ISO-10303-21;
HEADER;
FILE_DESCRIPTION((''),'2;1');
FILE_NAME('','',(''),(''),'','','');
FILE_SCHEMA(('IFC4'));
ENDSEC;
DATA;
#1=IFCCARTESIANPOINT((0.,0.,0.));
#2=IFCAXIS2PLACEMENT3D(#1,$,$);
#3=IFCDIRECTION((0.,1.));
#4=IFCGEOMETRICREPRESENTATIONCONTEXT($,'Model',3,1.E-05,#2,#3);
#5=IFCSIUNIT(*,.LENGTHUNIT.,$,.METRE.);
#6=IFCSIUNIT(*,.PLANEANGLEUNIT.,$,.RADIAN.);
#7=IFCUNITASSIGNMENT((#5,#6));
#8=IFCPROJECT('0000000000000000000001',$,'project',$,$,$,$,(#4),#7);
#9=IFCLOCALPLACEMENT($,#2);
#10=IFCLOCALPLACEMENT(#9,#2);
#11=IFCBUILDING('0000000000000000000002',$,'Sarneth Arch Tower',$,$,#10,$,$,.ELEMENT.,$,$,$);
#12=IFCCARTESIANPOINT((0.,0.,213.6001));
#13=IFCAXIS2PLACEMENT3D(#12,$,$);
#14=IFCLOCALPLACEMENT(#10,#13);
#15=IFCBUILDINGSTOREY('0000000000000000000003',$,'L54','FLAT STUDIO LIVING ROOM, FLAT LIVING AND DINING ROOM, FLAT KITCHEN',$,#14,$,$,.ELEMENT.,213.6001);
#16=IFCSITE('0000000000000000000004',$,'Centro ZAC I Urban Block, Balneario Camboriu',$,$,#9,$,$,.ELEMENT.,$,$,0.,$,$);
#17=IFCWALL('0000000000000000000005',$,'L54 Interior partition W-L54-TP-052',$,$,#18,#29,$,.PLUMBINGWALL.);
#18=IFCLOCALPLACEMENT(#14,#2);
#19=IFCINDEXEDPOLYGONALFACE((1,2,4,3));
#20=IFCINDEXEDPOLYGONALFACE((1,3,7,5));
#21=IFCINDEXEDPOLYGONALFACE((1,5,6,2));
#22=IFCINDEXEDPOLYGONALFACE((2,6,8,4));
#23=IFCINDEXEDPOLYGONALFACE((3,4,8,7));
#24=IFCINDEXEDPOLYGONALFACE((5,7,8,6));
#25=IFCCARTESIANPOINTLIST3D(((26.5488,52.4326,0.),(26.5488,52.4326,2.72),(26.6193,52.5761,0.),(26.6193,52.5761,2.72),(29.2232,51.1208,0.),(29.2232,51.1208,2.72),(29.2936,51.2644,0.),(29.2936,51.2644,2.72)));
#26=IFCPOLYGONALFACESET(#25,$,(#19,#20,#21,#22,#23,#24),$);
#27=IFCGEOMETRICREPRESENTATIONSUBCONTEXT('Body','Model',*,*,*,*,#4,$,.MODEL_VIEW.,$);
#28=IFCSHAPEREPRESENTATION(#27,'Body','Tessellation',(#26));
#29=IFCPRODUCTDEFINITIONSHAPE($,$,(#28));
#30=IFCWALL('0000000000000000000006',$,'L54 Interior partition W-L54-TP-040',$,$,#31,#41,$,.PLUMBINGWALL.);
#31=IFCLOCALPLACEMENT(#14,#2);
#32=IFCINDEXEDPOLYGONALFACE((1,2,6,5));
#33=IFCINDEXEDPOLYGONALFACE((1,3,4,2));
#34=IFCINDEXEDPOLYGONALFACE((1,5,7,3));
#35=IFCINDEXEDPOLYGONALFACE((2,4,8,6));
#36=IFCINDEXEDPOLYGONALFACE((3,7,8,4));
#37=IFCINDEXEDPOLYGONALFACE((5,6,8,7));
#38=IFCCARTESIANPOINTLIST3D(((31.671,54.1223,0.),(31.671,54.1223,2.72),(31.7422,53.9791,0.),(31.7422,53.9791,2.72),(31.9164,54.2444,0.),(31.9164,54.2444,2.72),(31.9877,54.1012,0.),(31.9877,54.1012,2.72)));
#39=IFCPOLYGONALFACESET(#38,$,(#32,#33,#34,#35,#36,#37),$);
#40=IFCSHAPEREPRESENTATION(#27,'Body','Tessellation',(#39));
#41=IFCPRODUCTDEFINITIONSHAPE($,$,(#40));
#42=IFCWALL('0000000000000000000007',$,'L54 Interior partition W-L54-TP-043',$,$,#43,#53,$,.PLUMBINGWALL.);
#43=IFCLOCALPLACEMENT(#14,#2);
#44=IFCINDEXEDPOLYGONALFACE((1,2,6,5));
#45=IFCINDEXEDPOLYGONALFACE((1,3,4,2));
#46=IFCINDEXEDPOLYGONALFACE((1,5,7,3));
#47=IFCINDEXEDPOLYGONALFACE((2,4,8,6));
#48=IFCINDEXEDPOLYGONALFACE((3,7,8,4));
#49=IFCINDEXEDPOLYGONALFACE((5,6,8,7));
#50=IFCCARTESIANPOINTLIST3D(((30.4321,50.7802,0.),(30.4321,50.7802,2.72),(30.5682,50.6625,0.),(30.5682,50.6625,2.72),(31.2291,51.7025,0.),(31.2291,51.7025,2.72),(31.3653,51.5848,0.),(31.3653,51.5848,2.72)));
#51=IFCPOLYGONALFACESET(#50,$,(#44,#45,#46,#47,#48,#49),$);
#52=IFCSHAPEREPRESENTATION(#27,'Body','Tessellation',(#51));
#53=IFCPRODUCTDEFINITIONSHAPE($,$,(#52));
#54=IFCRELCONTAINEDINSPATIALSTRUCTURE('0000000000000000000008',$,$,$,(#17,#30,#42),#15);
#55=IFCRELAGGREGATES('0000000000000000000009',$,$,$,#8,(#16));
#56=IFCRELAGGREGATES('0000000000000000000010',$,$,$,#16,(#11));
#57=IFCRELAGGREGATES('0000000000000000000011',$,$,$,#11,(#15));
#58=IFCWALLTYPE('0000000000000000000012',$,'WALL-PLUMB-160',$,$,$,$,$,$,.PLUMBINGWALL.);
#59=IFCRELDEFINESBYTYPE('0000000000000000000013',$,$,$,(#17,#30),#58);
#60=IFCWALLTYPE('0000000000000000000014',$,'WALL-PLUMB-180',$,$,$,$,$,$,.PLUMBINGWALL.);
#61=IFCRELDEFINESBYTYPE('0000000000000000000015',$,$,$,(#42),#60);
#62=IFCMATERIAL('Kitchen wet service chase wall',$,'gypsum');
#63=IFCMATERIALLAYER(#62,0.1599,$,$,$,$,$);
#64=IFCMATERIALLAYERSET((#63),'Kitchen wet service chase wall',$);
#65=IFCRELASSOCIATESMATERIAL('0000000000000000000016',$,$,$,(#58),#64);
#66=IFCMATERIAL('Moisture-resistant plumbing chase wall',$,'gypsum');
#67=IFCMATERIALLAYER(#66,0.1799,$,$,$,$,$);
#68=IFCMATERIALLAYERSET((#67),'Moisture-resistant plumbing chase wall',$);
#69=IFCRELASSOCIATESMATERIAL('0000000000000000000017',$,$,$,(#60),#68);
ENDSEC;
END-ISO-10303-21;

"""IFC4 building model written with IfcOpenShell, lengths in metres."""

from ifc_helpers import new_model, si_unit, direction, frame, frame_2d, origin, place, context, subcontext, project, spatial, rectangle, extrude, material, layer, layer_set, type_object, element, save


model = new_model("IFC4")

# Units and contexts
model_context = context("Model", 3, precision=1e-05, world=origin(), true_north=direction((0.0, 1.0)))
body_context = subcontext(model_context, "Body", "Model", "MODEL_VIEW")
ifc_project = project(units=[si_unit("LENGTHUNIT", "METRE"), si_unit("PLANEANGLEUNIT", "RADIAN")], contexts=[model_context])

# Site, building, storey
site_placement = place(None, origin())
site = spatial("IfcSite", under=ifc_project, at=site_placement, Name="Centro ZAC I Urban Block, Balneario Camboriu", CompositionType="ELEMENT", RefElevation=0.0)
building_placement = place(site_placement, origin())
building = spatial("IfcBuilding", under=site, at=building_placement, Name="Sarneth Arch Tower", CompositionType="ELEMENT")
storey_placement = place(building_placement, frame((0.0, 0.0, 213.6001)))
storey = spatial("IfcBuildingStorey", under=building, at=storey_placement, Name="L54", Description="FLAT STUDIO LIVING ROOM, FLAT LIVING AND DINING ROOM, FLAT KITCHEN", CompositionType="ELEMENT", Elevation=213.6001)

# Shared definitions
ifc_material_1 = material(Name="Kitchen wet service chase wall", Category="gypsum")
ifc_layer_1 = layer(ifc_material_1, 0.1599)
ifc_layer_set_1 = layer_set([ifc_layer_1], Name="Kitchen wet service chase wall")
wall_type_1 = type_object("IfcWallType", Name="WALL-PLUMB-160", PredefinedType="PLUMBINGWALL", material=ifc_layer_set_1)

# Walls
wall_1_placement = place(storey_placement, frame((29.2583, 51.1926, 0.0), z_axis=(0.0, 0.0, 1.0), x_axis=(-0.897811, 0.440381, 0.0)))
element("IfcWall", 1, at=wall_1_placement, inside=storey, type_object=wall_type_1, Name="L54 Interior partition W-L54-TP-052", PredefinedType="PLUMBINGWALL", context=body_context, shape_type="SweptSolid", body=[
    extrude(rectangle(XDim=2.9788, YDim=0.1599, at=frame_2d((1.4893, 0.0))), origin(), (0.0, 0.0, 1.0), 2.72),
])
wall_2_placement = place(storey_placement, frame((31.9521, 54.1729, 0.0), z_axis=(0.0, 0.0, 1.0), x_axis=(-0.895316, -0.445431, 0.0)))
element("IfcWall", 2, at=wall_2_placement, inside=storey, type_object=wall_type_1, Name="L54 Interior partition W-L54-TP-040", PredefinedType="PLUMBINGWALL", context=body_context, shape_type="SweptSolid", body=[
    extrude(rectangle(XDim=0.2742, YDim=0.1599, at=frame_2d((0.1372, 0.0))), origin(), (0.0, 0.0, 1.0), 2.72),
])
ifc_material_2 = material(Name="Moisture-resistant plumbing chase wall", Category="gypsum")
ifc_layer_2 = layer(ifc_material_2, 0.1799)
ifc_layer_set_2 = layer_set([ifc_layer_2], Name="Moisture-resistant plumbing chase wall")
wall_type_2 = type_object("IfcWallType", Name="WALL-PLUMB-180", PredefinedType="PLUMBINGWALL", material=ifc_layer_set_2)
wall_3_placement = place(storey_placement, frame((31.2971, 51.6436, 0.0), z_axis=(0.0, 0.0, 1.0), x_axis=(-0.65387, -0.756607, 0.0)))
element("IfcWall", 3, at=wall_3_placement, inside=storey, type_object=wall_type_2, Name="L54 Interior partition W-L54-TP-043", PredefinedType="PLUMBINGWALL", context=body_context, shape_type="SweptSolid", body=[
    extrude(rectangle(XDim=1.219, YDim=0.1799, at=frame_2d((0.6094, 0.0))), origin(), (0.0, 0.0, 1.0), 2.72),
])

save(model, "model.ifc")
